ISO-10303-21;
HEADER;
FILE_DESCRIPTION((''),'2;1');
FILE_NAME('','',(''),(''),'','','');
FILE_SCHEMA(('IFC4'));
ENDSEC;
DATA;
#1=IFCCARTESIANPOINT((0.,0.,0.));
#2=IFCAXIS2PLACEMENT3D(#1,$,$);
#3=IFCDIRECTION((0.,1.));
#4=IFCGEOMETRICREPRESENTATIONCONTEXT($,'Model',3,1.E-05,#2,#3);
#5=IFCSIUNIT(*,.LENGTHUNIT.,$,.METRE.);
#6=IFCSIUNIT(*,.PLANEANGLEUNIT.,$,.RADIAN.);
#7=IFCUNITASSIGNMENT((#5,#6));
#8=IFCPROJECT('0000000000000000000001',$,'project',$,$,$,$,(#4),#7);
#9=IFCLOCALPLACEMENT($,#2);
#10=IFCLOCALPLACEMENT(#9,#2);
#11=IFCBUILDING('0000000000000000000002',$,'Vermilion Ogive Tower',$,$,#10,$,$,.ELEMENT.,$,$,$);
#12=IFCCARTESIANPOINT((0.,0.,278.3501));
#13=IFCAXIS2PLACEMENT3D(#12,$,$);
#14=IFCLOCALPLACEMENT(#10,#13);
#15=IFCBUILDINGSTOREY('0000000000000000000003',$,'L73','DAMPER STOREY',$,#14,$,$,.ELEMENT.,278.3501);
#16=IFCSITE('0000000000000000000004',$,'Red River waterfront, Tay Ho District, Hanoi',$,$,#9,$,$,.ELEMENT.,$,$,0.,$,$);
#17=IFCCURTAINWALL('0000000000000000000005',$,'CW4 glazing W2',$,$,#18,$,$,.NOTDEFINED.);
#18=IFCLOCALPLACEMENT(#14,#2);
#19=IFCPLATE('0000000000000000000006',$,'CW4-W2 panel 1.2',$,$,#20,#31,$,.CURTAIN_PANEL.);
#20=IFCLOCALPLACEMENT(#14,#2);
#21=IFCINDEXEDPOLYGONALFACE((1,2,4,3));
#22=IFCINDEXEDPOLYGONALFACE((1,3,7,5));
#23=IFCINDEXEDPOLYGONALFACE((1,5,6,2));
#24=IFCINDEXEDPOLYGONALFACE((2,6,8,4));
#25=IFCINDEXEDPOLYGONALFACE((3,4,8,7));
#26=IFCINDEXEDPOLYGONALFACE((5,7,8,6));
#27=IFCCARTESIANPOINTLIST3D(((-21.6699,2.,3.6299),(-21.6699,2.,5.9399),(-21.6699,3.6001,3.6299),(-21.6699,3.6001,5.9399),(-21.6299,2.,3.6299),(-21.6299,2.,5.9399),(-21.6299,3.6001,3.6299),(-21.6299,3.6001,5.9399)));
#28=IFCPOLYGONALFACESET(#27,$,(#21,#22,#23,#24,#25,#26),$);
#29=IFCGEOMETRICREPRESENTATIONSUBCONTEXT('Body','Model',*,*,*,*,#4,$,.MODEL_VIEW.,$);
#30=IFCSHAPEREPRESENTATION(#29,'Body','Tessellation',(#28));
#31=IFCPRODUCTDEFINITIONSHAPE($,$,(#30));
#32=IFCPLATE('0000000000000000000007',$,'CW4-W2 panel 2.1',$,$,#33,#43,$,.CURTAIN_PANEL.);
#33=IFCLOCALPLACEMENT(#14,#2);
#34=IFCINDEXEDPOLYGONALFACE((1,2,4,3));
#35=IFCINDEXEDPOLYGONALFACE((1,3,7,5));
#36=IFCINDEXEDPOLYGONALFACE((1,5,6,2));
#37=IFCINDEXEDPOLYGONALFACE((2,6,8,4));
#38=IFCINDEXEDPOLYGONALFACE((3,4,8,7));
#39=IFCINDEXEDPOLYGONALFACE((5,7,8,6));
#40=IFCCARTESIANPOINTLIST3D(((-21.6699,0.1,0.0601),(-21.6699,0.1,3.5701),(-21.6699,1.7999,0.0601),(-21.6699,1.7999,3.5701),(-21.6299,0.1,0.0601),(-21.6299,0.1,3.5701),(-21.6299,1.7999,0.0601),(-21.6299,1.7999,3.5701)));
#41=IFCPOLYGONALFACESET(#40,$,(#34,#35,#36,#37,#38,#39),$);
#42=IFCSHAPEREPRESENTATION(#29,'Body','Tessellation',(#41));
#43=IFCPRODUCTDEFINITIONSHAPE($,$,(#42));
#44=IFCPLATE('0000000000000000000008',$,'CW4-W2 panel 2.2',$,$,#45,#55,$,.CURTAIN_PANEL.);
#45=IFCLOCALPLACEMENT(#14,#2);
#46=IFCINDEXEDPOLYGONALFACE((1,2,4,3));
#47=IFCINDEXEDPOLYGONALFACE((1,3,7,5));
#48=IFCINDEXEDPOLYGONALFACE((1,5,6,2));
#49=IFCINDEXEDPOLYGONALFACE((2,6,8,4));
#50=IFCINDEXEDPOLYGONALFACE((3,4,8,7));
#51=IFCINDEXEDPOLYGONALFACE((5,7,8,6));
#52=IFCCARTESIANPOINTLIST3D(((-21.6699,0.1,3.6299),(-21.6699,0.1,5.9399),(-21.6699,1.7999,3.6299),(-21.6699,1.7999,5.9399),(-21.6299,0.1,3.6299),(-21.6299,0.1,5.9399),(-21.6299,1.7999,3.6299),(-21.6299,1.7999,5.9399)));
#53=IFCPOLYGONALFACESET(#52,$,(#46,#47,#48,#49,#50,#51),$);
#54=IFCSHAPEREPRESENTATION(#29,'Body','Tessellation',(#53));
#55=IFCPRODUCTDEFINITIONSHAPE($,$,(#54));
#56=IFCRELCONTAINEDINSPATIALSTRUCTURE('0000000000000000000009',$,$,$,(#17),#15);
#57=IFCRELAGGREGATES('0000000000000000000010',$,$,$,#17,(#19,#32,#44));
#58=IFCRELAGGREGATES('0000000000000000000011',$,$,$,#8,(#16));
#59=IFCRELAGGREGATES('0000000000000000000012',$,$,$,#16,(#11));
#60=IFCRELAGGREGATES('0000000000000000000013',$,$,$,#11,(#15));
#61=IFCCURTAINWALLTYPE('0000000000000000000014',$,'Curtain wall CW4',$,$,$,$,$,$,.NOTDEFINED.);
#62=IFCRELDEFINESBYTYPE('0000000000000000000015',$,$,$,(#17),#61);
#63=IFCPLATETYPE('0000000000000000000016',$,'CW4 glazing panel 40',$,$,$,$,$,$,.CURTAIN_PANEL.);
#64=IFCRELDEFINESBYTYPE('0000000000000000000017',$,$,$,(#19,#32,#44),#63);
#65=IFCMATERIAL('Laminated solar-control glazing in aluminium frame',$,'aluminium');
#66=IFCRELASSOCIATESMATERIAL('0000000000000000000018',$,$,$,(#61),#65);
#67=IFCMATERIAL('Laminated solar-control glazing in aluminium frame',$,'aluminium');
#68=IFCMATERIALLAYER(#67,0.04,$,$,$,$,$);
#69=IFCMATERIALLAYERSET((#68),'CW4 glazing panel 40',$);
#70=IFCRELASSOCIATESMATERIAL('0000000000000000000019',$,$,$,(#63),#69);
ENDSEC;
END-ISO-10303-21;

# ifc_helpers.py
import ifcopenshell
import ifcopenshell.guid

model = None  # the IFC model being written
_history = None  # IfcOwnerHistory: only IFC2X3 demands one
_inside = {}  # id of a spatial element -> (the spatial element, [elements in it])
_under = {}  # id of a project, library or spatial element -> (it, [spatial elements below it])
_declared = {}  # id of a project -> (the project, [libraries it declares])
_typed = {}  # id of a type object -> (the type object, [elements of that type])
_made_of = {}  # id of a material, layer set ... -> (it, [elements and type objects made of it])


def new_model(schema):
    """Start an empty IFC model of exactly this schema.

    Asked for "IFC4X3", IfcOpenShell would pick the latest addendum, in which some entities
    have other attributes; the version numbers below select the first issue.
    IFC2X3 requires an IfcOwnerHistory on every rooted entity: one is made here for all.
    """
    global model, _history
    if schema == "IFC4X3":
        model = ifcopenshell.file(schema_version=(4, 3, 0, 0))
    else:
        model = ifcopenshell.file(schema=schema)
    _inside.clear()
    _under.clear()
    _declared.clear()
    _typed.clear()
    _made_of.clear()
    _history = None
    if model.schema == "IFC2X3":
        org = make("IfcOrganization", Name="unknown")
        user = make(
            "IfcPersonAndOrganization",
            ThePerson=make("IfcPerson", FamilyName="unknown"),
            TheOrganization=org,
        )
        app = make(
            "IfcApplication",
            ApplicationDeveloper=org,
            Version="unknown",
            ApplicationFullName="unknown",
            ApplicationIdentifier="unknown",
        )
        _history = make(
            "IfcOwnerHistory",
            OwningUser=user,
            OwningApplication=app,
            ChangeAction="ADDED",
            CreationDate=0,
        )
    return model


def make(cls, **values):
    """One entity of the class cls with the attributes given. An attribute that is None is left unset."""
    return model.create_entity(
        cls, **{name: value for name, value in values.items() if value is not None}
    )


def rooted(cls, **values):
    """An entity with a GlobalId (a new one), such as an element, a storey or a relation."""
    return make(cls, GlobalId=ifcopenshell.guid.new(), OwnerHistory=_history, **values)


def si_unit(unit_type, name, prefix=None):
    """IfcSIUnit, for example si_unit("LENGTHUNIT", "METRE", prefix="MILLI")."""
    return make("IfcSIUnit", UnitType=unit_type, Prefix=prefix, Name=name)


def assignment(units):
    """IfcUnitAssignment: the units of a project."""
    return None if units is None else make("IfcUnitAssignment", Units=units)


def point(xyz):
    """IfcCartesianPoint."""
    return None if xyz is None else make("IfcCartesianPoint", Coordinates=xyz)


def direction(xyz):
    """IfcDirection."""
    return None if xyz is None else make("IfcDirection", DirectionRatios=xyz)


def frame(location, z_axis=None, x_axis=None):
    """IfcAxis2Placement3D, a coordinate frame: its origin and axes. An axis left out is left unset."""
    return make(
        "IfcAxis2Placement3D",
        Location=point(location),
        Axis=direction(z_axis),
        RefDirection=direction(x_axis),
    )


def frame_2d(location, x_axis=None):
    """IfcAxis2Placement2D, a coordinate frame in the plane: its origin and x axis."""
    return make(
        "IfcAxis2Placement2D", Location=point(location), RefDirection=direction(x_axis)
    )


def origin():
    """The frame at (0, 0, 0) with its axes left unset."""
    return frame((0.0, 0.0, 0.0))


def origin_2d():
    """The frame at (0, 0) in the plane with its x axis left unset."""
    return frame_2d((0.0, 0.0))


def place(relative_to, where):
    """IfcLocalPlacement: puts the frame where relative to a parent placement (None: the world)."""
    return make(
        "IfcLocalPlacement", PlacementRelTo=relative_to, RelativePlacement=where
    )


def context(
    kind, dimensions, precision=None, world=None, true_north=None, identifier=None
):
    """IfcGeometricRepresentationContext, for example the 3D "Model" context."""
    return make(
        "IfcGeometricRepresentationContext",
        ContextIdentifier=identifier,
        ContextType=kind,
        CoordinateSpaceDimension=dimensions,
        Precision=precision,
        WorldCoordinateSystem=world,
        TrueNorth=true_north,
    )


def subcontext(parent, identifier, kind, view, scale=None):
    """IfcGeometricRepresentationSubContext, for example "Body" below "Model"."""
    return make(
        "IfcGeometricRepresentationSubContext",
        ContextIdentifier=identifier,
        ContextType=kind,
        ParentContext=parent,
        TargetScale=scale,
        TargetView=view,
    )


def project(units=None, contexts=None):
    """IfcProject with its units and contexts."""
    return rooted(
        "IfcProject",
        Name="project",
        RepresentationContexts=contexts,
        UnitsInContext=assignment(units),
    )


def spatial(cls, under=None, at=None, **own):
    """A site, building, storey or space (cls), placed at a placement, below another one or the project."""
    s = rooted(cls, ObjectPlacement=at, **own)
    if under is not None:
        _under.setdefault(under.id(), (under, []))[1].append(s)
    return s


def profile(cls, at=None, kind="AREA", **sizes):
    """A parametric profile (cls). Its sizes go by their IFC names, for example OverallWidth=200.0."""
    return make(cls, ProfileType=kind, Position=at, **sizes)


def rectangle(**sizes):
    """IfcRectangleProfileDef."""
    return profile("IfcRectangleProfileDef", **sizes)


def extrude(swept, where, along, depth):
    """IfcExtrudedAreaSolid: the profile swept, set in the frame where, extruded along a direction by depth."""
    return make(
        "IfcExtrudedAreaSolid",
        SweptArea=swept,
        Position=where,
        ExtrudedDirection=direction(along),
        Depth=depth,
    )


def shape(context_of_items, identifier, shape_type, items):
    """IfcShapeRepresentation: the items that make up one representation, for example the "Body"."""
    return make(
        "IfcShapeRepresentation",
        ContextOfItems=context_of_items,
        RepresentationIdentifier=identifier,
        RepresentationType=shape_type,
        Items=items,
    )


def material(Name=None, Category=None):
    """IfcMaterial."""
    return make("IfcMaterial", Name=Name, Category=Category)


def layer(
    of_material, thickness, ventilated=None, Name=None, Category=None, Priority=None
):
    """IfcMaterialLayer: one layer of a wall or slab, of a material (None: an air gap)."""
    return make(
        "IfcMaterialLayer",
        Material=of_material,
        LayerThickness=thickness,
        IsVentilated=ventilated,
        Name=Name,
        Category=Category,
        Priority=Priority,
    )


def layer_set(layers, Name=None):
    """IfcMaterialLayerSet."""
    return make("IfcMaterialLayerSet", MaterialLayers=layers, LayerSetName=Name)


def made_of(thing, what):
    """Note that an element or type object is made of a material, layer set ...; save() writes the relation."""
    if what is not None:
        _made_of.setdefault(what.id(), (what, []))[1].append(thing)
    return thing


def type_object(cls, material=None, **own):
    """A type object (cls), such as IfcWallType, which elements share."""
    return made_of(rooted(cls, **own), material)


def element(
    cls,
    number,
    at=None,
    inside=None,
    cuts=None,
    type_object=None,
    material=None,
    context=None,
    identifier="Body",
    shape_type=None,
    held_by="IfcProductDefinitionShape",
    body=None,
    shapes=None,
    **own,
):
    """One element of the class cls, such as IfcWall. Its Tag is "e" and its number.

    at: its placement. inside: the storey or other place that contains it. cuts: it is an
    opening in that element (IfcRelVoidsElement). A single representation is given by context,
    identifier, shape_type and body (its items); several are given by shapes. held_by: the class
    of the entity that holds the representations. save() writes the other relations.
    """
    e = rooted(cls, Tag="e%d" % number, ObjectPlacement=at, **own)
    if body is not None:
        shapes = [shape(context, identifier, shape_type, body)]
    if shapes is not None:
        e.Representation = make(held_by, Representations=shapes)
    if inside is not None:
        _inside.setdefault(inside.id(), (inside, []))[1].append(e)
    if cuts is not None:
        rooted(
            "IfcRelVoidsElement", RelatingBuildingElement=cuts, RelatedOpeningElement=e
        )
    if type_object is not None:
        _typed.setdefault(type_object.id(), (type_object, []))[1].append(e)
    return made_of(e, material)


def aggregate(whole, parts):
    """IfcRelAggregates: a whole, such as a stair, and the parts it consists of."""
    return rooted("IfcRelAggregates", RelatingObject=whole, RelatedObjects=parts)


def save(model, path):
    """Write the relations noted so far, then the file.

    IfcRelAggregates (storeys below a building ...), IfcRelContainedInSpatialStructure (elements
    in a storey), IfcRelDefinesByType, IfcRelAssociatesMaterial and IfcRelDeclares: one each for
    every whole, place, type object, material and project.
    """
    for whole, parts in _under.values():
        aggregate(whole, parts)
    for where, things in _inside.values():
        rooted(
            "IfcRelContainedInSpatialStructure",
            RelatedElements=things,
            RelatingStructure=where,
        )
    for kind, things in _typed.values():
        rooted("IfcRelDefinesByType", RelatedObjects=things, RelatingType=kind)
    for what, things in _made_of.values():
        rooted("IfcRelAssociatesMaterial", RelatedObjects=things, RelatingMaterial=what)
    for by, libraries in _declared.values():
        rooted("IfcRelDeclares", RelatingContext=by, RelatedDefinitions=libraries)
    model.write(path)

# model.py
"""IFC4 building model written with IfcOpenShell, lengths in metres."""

from ifc_helpers import new_model, si_unit, direction, frame, origin, origin_2d, place, context, subcontext, project, spatial, rectangle, extrude, material, layer, layer_set, type_object, element, aggregate, save


model = new_model("IFC4")

# Units and contexts
model_context = context("Model", 3, precision=1e-05, world=origin(), true_north=direction((0.0, 1.0)))
body_context = subcontext(model_context, "Body", "Model", "MODEL_VIEW")
ifc_project = project(units=[si_unit("LENGTHUNIT", "METRE"), si_unit("PLANEANGLEUNIT", "RADIAN")], contexts=[model_context])

# Site, building, storey
site_placement = place(None, origin())
site = spatial("IfcSite", under=ifc_project, at=site_placement, Name="Red River waterfront, Tay Ho District, Hanoi", CompositionType="ELEMENT", RefElevation=0.0)
building_placement = place(site_placement, origin())
building = spatial("IfcBuilding", under=site, at=building_placement, Name="Vermilion Ogive Tower", CompositionType="ELEMENT")
storey_placement = place(building_placement, frame((0.0, 0.0, 278.3501)))
storey = spatial("IfcBuildingStorey", under=building, at=storey_placement, Name="L73", Description="DAMPER STOREY", CompositionType="ELEMENT", Elevation=278.3501)

# Shared definitions
ifc_material_1 = material(Name="Laminated solar-control glazing in aluminium frame", Category="aluminium")
curtain_wall_type = type_object("IfcCurtainWallType", Name="Curtain wall CW4", PredefinedType="NOTDEFINED", material=ifc_material_1)

# Curtain wall
curtain_wall_1_placement = place(storey_placement, origin())
curtain_wall_1 = element("IfcCurtainWall", 1, at=curtain_wall_1_placement, inside=storey, type_object=curtain_wall_type, Name="CW4 glazing W2", PredefinedType="NOTDEFINED")

# Plates
ifc_material_2 = material(Name="Laminated solar-control glazing in aluminium frame", Category="aluminium")
ifc_layer = layer(ifc_material_2, 0.04)
ifc_layer_set = layer_set([ifc_layer], Name="CW4 glazing panel 40")
plate_type = type_object("IfcPlateType", Name="CW4 glazing panel 40", PredefinedType="CURTAIN_PANEL", material=ifc_layer_set)
plate_1_placement = place(storey_placement, frame((-21.6499, 2.8, 3.6299), z_axis=(0.0, 0.0, 1.0), x_axis=(0.0, -1.0, 0.0)))
plate_1 = element("IfcPlate", 2, at=plate_1_placement, type_object=plate_type, Name="CW4-W2 panel 1.2", PredefinedType="CURTAIN_PANEL", context=body_context, shape_type="SweptSolid", body=[
    extrude(rectangle(XDim=1.6001, YDim=0.04, at=origin_2d()), origin(), (0.0, 0.0, 1.0), 2.3101),
])
plate_2_placement = place(storey_placement, frame((-21.6499, 0.95, 0.0601), z_axis=(0.0, 0.0, 1.0), x_axis=(0.0, -1.0, 0.0)))
plate_2 = element("IfcPlate", 3, at=plate_2_placement, type_object=plate_type, Name="CW4-W2 panel 2.1", PredefinedType="CURTAIN_PANEL", context=body_context, shape_type="SweptSolid", body=[
    extrude(rectangle(XDim=1.7, YDim=0.04, at=origin_2d()), origin(), (0.0, 0.0, 1.0), 3.51),
])
plate_3_placement = place(storey_placement, frame((-21.6499, 0.95, 3.6299), z_axis=(0.0, 0.0, 1.0), x_axis=(0.0, -1.0, 0.0)))
plate_3 = element("IfcPlate", 4, at=plate_3_placement, type_object=plate_type, Name="CW4-W2 panel 2.2", PredefinedType="CURTAIN_PANEL", context=body_context, shape_type="SweptSolid", body=[
    extrude(rectangle(XDim=1.7, YDim=0.04, at=origin_2d()), origin(), (0.0, 0.0, 1.0), 2.3101),
])
aggregate(curtain_wall_1, [plate_1, plate_2, plate_3])

save(model, "model.ifc")
